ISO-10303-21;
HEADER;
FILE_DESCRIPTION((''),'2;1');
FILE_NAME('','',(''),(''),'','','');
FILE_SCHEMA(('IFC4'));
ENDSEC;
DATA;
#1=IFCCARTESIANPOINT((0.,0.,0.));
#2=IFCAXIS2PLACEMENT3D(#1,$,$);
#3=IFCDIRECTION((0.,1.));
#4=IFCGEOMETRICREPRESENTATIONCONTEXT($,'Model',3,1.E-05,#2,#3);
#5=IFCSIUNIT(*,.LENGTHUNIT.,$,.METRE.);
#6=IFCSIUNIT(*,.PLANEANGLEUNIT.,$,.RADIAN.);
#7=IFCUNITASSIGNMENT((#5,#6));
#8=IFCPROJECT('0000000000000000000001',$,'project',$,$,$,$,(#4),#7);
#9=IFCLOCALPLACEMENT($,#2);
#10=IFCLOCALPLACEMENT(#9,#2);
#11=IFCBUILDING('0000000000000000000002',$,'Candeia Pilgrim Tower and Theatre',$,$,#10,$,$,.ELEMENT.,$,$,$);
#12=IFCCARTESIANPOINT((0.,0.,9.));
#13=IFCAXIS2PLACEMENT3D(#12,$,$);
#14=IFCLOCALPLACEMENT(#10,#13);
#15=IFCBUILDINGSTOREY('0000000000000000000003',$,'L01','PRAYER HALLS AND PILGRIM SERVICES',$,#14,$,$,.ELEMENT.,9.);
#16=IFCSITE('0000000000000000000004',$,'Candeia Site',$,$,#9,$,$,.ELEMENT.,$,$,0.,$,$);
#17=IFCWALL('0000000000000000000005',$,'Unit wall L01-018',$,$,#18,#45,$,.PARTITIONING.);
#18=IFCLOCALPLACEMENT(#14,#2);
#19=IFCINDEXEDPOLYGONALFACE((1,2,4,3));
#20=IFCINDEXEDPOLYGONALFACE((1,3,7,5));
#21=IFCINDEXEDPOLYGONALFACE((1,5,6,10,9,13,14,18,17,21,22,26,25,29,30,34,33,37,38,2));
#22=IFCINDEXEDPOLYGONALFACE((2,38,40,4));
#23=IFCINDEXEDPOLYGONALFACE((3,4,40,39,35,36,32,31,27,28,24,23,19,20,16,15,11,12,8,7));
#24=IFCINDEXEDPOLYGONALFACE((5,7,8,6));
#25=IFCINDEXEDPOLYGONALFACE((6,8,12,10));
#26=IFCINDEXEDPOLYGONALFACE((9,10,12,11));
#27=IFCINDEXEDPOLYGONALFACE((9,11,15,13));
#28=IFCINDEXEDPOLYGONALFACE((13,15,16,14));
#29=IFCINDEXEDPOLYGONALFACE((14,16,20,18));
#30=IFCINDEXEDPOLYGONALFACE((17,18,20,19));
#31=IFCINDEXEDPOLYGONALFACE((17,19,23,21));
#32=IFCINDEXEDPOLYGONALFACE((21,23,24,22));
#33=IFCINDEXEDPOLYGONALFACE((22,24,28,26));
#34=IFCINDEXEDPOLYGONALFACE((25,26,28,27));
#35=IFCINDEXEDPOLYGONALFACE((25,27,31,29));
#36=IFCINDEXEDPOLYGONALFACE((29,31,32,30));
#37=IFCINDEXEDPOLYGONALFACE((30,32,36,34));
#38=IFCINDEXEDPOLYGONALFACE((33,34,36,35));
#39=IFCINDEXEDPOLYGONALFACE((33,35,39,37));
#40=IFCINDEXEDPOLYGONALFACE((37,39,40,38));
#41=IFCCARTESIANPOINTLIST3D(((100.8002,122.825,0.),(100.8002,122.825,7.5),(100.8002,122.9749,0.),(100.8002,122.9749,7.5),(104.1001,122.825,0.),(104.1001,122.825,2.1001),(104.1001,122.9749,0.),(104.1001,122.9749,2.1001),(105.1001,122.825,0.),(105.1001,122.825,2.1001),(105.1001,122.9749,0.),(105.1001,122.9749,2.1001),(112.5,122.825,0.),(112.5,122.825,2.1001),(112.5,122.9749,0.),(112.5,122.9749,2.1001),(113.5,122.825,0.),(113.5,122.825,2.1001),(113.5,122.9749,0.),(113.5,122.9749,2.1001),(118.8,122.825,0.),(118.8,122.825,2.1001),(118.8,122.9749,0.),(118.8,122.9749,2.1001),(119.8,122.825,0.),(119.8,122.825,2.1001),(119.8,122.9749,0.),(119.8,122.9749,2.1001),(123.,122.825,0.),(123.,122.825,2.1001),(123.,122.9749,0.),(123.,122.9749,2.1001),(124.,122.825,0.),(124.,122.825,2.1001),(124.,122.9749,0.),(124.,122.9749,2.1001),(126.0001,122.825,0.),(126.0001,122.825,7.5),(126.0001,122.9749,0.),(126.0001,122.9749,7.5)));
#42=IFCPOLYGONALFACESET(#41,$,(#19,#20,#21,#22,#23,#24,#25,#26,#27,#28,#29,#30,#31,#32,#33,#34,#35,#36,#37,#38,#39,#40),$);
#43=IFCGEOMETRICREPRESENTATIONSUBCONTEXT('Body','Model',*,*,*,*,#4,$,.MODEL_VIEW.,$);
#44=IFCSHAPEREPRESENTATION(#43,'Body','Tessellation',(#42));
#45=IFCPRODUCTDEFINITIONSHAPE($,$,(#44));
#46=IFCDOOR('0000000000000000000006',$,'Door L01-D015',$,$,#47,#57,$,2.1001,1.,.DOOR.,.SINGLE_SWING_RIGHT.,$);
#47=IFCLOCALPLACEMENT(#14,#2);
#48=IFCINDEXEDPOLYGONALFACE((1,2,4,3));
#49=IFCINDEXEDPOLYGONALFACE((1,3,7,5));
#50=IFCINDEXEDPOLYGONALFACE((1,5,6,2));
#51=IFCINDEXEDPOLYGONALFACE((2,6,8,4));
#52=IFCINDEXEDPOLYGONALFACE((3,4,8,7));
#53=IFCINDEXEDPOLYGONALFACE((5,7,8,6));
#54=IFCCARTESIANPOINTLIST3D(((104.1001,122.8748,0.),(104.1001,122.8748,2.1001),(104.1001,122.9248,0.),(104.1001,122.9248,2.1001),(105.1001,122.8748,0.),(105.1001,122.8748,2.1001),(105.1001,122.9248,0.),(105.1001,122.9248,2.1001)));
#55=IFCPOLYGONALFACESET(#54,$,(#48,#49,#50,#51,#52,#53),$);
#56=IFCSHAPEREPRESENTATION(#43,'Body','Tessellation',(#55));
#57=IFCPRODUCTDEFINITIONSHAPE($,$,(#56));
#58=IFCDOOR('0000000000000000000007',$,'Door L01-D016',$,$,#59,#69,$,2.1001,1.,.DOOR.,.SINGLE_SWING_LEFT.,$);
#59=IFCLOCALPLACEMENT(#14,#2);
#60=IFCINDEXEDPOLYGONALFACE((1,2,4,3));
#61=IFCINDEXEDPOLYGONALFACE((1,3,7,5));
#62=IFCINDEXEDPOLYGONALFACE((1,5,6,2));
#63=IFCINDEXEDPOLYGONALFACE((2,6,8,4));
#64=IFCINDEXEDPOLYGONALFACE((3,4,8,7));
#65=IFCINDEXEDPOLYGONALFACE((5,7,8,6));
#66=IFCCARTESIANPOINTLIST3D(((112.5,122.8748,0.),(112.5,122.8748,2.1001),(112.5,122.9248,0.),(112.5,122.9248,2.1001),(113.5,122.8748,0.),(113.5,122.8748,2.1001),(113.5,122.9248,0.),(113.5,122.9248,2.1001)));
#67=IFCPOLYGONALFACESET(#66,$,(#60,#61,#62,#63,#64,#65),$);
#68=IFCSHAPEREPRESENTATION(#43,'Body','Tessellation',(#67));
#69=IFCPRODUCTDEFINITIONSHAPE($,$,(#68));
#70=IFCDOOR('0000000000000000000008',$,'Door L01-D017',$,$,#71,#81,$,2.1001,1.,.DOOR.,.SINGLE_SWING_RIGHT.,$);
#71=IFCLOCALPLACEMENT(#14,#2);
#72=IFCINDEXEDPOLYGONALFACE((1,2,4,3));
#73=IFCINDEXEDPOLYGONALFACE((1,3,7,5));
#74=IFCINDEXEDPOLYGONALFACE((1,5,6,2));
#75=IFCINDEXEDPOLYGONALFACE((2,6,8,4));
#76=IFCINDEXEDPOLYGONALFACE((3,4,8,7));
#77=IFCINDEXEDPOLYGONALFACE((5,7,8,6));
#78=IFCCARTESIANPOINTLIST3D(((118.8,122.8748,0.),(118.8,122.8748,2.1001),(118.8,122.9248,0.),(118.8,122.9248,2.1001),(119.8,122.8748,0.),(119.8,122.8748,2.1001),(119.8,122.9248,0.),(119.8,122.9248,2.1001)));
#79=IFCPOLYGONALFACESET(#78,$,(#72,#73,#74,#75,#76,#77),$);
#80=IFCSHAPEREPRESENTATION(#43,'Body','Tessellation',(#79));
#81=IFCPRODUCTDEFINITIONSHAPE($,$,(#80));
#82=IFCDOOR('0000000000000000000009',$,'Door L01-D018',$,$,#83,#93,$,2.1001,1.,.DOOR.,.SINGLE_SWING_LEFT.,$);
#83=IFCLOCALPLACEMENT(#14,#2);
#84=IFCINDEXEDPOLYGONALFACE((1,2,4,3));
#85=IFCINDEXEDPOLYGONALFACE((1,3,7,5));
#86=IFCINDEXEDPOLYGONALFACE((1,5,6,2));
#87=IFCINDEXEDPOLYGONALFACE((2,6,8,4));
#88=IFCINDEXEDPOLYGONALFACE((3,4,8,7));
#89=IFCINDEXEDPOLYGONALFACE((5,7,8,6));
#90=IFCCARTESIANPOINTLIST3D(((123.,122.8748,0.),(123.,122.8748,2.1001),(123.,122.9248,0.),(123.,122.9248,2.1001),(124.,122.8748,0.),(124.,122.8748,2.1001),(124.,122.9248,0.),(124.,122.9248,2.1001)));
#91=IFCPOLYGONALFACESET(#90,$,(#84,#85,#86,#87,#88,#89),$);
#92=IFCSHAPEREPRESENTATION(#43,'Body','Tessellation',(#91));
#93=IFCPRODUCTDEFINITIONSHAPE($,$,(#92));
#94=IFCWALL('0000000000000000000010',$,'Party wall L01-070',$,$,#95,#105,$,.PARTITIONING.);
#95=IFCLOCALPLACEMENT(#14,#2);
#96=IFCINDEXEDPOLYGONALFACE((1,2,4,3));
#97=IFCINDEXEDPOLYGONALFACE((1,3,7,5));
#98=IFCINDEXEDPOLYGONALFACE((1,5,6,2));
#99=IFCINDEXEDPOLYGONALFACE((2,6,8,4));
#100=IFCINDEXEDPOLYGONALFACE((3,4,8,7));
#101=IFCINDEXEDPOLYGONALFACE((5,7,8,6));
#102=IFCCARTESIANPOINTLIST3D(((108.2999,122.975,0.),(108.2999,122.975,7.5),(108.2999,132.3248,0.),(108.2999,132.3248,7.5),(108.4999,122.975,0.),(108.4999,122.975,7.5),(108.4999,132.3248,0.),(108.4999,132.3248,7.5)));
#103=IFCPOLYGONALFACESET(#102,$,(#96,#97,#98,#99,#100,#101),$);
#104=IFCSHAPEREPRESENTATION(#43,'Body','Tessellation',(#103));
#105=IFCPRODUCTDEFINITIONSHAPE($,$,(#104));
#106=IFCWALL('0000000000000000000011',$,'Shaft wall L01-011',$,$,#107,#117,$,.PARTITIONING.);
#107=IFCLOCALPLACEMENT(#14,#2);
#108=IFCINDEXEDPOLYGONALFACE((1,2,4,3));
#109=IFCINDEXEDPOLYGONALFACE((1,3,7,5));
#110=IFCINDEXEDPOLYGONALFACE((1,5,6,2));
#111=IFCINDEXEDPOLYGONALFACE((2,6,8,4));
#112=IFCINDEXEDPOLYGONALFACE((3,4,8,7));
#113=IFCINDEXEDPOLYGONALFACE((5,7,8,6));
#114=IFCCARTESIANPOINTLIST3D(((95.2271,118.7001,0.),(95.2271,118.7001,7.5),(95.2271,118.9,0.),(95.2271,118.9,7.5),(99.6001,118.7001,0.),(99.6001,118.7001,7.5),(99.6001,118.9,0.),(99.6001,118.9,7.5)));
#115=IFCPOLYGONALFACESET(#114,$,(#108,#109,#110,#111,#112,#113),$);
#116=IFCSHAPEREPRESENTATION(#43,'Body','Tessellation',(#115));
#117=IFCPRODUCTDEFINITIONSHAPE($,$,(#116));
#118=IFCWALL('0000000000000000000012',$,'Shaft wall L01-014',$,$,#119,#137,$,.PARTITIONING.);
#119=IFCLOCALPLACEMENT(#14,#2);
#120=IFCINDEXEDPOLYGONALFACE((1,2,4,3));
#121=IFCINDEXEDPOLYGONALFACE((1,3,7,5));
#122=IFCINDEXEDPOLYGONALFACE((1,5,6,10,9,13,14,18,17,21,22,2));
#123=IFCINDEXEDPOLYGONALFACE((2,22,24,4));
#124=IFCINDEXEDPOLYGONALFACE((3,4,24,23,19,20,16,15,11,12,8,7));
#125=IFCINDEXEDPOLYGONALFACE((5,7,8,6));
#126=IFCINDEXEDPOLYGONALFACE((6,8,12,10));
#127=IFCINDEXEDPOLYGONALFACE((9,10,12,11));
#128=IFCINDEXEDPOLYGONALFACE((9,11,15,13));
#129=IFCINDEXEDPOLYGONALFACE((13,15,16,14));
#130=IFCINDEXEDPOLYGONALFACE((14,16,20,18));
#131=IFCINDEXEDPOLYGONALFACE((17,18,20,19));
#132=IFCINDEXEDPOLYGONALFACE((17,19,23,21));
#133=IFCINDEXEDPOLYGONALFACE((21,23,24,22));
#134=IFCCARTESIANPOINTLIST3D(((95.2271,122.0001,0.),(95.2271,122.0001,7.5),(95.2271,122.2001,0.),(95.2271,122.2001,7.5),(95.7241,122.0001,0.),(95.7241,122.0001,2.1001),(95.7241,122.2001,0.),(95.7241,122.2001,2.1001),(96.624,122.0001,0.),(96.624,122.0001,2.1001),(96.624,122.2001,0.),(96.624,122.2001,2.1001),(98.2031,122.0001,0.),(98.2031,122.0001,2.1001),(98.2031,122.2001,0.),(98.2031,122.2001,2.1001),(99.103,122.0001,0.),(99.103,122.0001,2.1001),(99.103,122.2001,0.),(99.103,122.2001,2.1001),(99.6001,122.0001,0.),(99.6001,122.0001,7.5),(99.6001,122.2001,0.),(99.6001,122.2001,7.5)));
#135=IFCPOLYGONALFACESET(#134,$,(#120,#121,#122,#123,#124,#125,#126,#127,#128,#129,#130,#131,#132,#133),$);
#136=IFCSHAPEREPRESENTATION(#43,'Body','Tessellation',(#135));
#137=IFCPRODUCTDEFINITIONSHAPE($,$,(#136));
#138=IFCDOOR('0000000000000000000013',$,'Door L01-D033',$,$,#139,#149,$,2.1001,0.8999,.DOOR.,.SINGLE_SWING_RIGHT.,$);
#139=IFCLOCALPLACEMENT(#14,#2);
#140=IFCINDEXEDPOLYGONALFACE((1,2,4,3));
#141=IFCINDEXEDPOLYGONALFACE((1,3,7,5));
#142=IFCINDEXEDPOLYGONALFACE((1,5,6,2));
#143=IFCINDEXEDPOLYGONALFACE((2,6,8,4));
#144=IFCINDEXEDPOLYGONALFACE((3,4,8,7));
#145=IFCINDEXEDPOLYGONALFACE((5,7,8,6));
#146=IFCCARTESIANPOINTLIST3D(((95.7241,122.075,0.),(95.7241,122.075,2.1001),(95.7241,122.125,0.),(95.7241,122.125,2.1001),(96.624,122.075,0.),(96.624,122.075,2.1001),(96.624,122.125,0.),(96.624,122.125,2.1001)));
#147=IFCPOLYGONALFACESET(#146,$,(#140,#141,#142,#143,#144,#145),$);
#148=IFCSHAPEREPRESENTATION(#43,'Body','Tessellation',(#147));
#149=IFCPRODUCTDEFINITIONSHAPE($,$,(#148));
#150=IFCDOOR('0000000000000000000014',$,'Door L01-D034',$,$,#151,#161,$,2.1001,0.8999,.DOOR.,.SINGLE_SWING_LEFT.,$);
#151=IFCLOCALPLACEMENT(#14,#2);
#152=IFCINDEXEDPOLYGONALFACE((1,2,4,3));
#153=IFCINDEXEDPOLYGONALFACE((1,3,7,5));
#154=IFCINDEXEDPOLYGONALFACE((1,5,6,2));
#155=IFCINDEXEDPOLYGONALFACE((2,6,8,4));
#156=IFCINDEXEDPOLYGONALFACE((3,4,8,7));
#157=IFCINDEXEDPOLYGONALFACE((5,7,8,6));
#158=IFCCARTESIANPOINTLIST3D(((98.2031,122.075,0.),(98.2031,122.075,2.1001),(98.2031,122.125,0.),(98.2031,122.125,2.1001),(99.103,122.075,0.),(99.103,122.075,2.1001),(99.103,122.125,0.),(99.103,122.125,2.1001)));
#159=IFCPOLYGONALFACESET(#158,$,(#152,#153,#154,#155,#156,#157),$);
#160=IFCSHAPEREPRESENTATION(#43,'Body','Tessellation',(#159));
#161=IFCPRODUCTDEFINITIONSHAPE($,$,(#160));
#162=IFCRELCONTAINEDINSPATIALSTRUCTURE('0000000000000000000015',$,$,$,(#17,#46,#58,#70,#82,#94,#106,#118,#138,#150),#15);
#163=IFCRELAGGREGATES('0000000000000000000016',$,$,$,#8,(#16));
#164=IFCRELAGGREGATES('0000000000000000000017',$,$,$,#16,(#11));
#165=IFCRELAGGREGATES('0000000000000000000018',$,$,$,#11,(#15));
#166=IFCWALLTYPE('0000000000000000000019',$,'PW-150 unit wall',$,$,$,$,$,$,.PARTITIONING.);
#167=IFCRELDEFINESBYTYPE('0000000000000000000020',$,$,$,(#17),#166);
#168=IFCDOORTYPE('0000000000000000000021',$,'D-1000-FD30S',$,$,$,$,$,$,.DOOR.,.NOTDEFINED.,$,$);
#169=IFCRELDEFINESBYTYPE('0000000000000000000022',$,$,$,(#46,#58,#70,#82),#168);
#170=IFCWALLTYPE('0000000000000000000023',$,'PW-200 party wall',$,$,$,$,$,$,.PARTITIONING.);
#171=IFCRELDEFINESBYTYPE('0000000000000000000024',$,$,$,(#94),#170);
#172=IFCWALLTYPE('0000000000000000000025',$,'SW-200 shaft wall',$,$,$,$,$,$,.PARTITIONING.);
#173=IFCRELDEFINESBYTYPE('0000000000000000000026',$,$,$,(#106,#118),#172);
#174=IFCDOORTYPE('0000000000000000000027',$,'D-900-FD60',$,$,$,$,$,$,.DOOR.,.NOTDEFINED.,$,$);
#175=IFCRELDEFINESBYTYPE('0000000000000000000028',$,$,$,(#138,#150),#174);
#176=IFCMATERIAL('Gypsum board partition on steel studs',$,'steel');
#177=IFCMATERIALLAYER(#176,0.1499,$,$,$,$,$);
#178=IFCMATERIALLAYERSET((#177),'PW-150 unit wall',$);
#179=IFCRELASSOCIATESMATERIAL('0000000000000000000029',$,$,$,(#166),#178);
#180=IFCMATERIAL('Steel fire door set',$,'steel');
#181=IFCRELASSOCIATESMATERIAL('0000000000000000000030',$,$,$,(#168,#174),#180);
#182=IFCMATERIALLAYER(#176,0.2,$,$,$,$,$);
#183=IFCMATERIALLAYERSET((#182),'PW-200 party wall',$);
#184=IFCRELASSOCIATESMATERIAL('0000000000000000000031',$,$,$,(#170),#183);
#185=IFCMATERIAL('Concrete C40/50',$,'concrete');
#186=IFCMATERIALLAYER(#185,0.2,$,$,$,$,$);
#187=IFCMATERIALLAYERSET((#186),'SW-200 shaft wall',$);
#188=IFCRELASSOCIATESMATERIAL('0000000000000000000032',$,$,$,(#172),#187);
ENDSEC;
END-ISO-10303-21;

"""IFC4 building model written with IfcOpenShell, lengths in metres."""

from ifc_helpers import new_model, si_unit, direction, frame, frame_2d, origin, place, context, subcontext, project, spatial, rectangle, extrude, material, layer, layer_set, type_object, element, fill, save


model = new_model("IFC4")

# Units and contexts
model_context = context("Model", 3, precision=1e-05, world=origin(), true_north=direction((0.0, 1.0)))
body_context = subcontext(model_context, "Body", "Model", "MODEL_VIEW")
ifc_project = project(units=[si_unit("LENGTHUNIT", "METRE"), si_unit("PLANEANGLEUNIT", "RADIAN")], contexts=[model_context])

# Site, building, storey
site_placement = place(None, origin())
site = spatial("IfcSite", under=ifc_project, at=site_placement, Name="Candeia Site", CompositionType="ELEMENT", RefElevation=0.0)
building_placement = place(site_placement, origin())
building = spatial("IfcBuilding", under=site, at=building_placement, Name="Candeia Pilgrim Tower and Theatre", CompositionType="ELEMENT")
storey_placement = place(building_placement, frame((0.0, 0.0, 9.0)))
storey = spatial("IfcBuildingStorey", under=building, at=storey_placement, Name="L01", Description="PRAYER HALLS AND PILGRIM SERVICES", CompositionType="ELEMENT", Elevation=9.0)

# Wall, openings, doors
ifc_material_1 = material(Name="Gypsum board partition on steel studs", Category="steel")
ifc_layer_1 = layer(ifc_material_1, 0.1499)
ifc_layer_set_1 = layer_set([ifc_layer_1], Name="PW-150 unit wall")
wall_type_1 = type_object("IfcWallType", Name="PW-150 unit wall", PredefinedType="PARTITIONING", material=ifc_layer_set_1)
ifc_material_2 = material(Name="Steel fire door set", Category="steel")
door_type_1 = type_object("IfcDoorType", Name="D-1000-FD30S", OperationType="NOTDEFINED", PredefinedType="DOOR", material=ifc_material_2)
wall_1_placement = place(storey_placement, frame((100.8, 122.8999, 0.0), z_axis=(0.0, 0.0, 1.0), x_axis=(1.0, 0.0, 0.0)))
wall_1 = element("IfcWall", 1, at=wall_1_placement, inside=storey, type_object=wall_type_1, Name="Unit wall L01-018", PredefinedType="PARTITIONING", context=body_context, shape_type="SweptSolid", body=[
    extrude(rectangle(XDim=25.2, YDim=0.1499, at=frame_2d((12.6001, 0.0))), origin(), (0.0, 0.0, 1.0), 7.5),
])
opening_1_placement = place(wall_1_placement, frame((3.3, 0.0, 0.0)))
opening_1 = element("IfcOpeningElement", 2, at=opening_1_placement, cuts=wall_1, PredefinedType="OPENING", context=body_context, shape_type="SweptSolid", body=[
    extrude(rectangle(XDim=1.0, YDim=2.1001, at=frame_2d((0.5, 1.05))), frame((0.0, 0.085, 0.0), z_axis=(0.0, -1.0, 0.0), x_axis=(1.0, 0.0, 0.0)), (0.0, 0.0, 1.0), 0.1699),
])
opening_2_placement = place(wall_1_placement, frame((11.7, 0.0, 0.0)))
opening_2 = element("IfcOpeningElement", 3, at=opening_2_placement, cuts=wall_1, PredefinedType="OPENING", context=body_context, shape_type="SweptSolid", body=[
    extrude(rectangle(XDim=1.0, YDim=2.1001, at=frame_2d((0.5, 1.05))), frame((0.0, 0.085, 0.0), z_axis=(0.0, -1.0, 0.0), x_axis=(1.0, 0.0, 0.0)), (0.0, 0.0, 1.0), 0.1699),
])
opening_3_placement = place(wall_1_placement, frame((18.0, 0.0, 0.0)))
opening_3 = element("IfcOpeningElement", 4, at=opening_3_placement, cuts=wall_1, PredefinedType="OPENING", context=body_context, shape_type="SweptSolid", body=[
    extrude(rectangle(XDim=1.0, YDim=2.1001, at=frame_2d((0.5, 1.05))), frame((0.0, 0.085, 0.0), z_axis=(0.0, -1.0, 0.0), x_axis=(1.0, 0.0, 0.0)), (0.0, 0.0, 1.0), 0.1699),
])
opening_4_placement = place(wall_1_placement, frame((22.2, 0.0, 0.0)))
opening_4 = element("IfcOpeningElement", 5, at=opening_4_placement, cuts=wall_1, PredefinedType="OPENING", context=body_context, shape_type="SweptSolid", body=[
    extrude(rectangle(XDim=1.0, YDim=2.1001, at=frame_2d((0.5, 1.05))), frame((0.0, 0.085, 0.0), z_axis=(0.0, -1.0, 0.0), x_axis=(1.0, 0.0, 0.0)), (0.0, 0.0, 1.0), 0.1699),
])
door_1_placement = place(opening_1_placement, origin())
door_1 = element("IfcDoor", 6, at=door_1_placement, inside=storey, type_object=door_type_1, Name="Door L01-D015", OperationType="SINGLE_SWING_RIGHT", OverallHeight=2.1001, OverallWidth=1.0, PredefinedType="DOOR", context=body_context, shape_type="SweptSolid", body=[
    extrude(rectangle(XDim=1.0, YDim=2.1001, at=frame_2d((0.5, 1.05))), frame((0.0, 0.0249, 0.0), z_axis=(0.0, -1.0, 0.0), x_axis=(1.0, 0.0, 0.0)), (0.0, 0.0, 1.0), 0.05),
])
fill(opening_1, door_1)
door_2_placement = place(opening_2_placement, origin())
door_2 = element("IfcDoor", 7, at=door_2_placement, inside=storey, type_object=door_type_1, Name="Door L01-D016", OperationType="SINGLE_SWING_LEFT", OverallHeight=2.1001, OverallWidth=1.0, PredefinedType="DOOR", context=body_context, shape_type="SweptSolid", body=[
    extrude(rectangle(XDim=1.0, YDim=2.1001, at=frame_2d((0.5, 1.05))), frame((0.0, 0.0249, 0.0), z_axis=(0.0, -1.0, 0.0), x_axis=(1.0, 0.0, 0.0)), (0.0, 0.0, 1.0), 0.05),
])
fill(opening_2, door_2)
door_3_placement = place(opening_3_placement, origin())
door_3 = element("IfcDoor", 8, at=door_3_placement, inside=storey, type_object=door_type_1, Name="Door L01-D017", OperationType="SINGLE_SWING_RIGHT", OverallHeight=2.1001, OverallWidth=1.0, PredefinedType="DOOR", context=body_context, shape_type="SweptSolid", body=[
    extrude(rectangle(XDim=1.0, YDim=2.1001, at=frame_2d((0.5, 1.05))), frame((0.0, 0.0249, 0.0), z_axis=(0.0, -1.0, 0.0), x_axis=(1.0, 0.0, 0.0)), (0.0, 0.0, 1.0), 0.05),
])
fill(opening_3, door_3)
door_4_placement = place(opening_4_placement, origin())
door_4 = element("IfcDoor", 9, at=door_4_placement, inside=storey, type_object=door_type_1, Name="Door L01-D018", OperationType="SINGLE_SWING_LEFT", OverallHeight=2.1001, OverallWidth=1.0, PredefinedType="DOOR", context=body_context, shape_type="SweptSolid", body=[
    extrude(rectangle(XDim=1.0, YDim=2.1001, at=frame_2d((0.5, 1.05))), frame((0.0, 0.0249, 0.0), z_axis=(0.0, -1.0, 0.0), x_axis=(1.0, 0.0, 0.0)), (0.0, 0.0, 1.0), 0.05),
])
fill(opening_4, door_4)

# Walls
ifc_layer_2 = layer(ifc_material_1, 0.2)
ifc_layer_set_2 = layer_set([ifc_layer_2], Name="PW-200 party wall")
wall_type_2 = type_object("IfcWallType", Name="PW-200 party wall", PredefinedType="PARTITIONING", material=ifc_layer_set_2)
wall_2_placement = place(storey_placement, frame((108.3999, 122.9751, 0.0), z_axis=(0.0, 0.0, 1.0), x_axis=(0.0, 1.0, 0.0)))
element("IfcWall", 10, at=wall_2_placement, inside=storey, type_object=wall_type_2, Name="Party wall L01-070", PredefinedType="PARTITIONING", context=body_context, shape_type="SweptSolid", body=[
    extrude(rectangle(XDim=9.3499, YDim=0.2, at=frame_2d((4.6748, 0.0))), origin(), (0.0, 0.0, 1.0), 7.5),
])
ifc_material_3 = material(Name="Concrete C40/50", Category="concrete")
ifc_layer_3 = layer(ifc_material_3, 0.2)
ifc_layer_set_3 = layer_set([ifc_layer_3], Name="SW-200 shaft wall")
wall_type_3 = type_object("IfcWallType", Name="SW-200 shaft wall", PredefinedType="PARTITIONING", material=ifc_layer_set_3)
wall_3_placement = place(storey_placement, frame((95.2271, 118.8, 0.0), z_axis=(0.0, 0.0, 1.0), x_axis=(1.0, 0.0, 0.0)))
element("IfcWall", 11, at=wall_3_placement, inside=storey, type_object=wall_type_3, Name="Shaft wall L01-011", PredefinedType="PARTITIONING", context=body_context, shape_type="SweptSolid", body=[
    extrude(rectangle(XDim=4.373, YDim=0.2, at=frame_2d((2.1865, 0.0))), origin(), (0.0, 0.0, 1.0), 7.5),
])

# Wall, openings, doors
wall_4_placement = place(storey_placement, frame((95.2271, 122.1001, 0.0), z_axis=(0.0, 0.0, 1.0), x_axis=(1.0, 0.0, 0.0)))
wall_4 = element("IfcWall", 12, at=wall_4_placement, inside=storey, type_object=wall_type_3, Name="Shaft wall L01-014", PredefinedType="PARTITIONING", context=body_context, shape_type="SweptSolid", body=[
    extrude(rectangle(XDim=4.373, YDim=0.2, at=frame_2d((2.1865, 0.0))), origin(), (0.0, 0.0, 1.0), 7.5),
])
opening_5_placement = place(wall_4_placement, frame((0.4971, 0.0, 0.0)))
opening_5 = element("IfcOpeningElement", 13, at=opening_5_placement, cuts=wall_4, PredefinedType="OPENING", context=body_context, shape_type="SweptSolid", body=[
    extrude(rectangle(XDim=0.8999, YDim=2.1001, at=frame_2d((0.45, 1.05))), frame((0.0, 0.1099, 0.0), z_axis=(0.0, -1.0, 0.0), x_axis=(1.0, 0.0, 0.0)), (0.0, 0.0, 1.0), 0.22),
])
opening_6_placement = place(wall_4_placement, frame((2.9761, 0.0, 0.0)))
opening_6 = element("IfcOpeningElement", 14, at=opening_6_placement, cuts=wall_4, PredefinedType="OPENING", context=body_context, shape_type="SweptSolid", body=[
    extrude(rectangle(XDim=0.8999, YDim=2.1001, at=frame_2d((0.45, 1.05))), frame((0.0, 0.1099, 0.0), z_axis=(0.0, -1.0, 0.0), x_axis=(1.0, 0.0, 0.0)), (0.0, 0.0, 1.0), 0.22),
])
door_type_2 = type_object("IfcDoorType", Name="D-900-FD60", OperationType="NOTDEFINED", PredefinedType="DOOR", material=ifc_material_2)
door_5_placement = place(opening_5_placement, origin())
door_5 = element("IfcDoor", 15, at=door_5_placement, inside=storey, type_object=door_type_2, Name="Door L01-D033", OperationType="SINGLE_SWING_RIGHT", OverallHeight=2.1001, OverallWidth=0.8999, PredefinedType="DOOR", context=body_context, shape_type="SweptSolid", body=[
    extrude(rectangle(XDim=0.8999, YDim=2.1001, at=frame_2d((0.45, 1.05))), frame((0.0, 0.0249, 0.0), z_axis=(0.0, -1.0, 0.0), x_axis=(1.0, 0.0, 0.0)), (0.0, 0.0, 1.0), 0.05),
])
fill(opening_5, door_5)
door_6_placement = place(opening_6_placement, origin())
door_6 = element("IfcDoor", 16, at=door_6_placement, inside=storey, type_object=door_type_2, Name="Door L01-D034", OperationType="SINGLE_SWING_LEFT", OverallHeight=2.1001, OverallWidth=0.8999, PredefinedType="DOOR", context=body_context, shape_type="SweptSolid", body=[
    extrude(rectangle(XDim=0.8999, YDim=2.1001, at=frame_2d((0.45, 1.05))), frame((0.0, 0.0249, 0.0), z_axis=(0.0, -1.0, 0.0), x_axis=(1.0, 0.0, 0.0)), (0.0, 0.0, 1.0), 0.05),
])
fill(opening_6, door_6)

save(model, "model.ifc")
